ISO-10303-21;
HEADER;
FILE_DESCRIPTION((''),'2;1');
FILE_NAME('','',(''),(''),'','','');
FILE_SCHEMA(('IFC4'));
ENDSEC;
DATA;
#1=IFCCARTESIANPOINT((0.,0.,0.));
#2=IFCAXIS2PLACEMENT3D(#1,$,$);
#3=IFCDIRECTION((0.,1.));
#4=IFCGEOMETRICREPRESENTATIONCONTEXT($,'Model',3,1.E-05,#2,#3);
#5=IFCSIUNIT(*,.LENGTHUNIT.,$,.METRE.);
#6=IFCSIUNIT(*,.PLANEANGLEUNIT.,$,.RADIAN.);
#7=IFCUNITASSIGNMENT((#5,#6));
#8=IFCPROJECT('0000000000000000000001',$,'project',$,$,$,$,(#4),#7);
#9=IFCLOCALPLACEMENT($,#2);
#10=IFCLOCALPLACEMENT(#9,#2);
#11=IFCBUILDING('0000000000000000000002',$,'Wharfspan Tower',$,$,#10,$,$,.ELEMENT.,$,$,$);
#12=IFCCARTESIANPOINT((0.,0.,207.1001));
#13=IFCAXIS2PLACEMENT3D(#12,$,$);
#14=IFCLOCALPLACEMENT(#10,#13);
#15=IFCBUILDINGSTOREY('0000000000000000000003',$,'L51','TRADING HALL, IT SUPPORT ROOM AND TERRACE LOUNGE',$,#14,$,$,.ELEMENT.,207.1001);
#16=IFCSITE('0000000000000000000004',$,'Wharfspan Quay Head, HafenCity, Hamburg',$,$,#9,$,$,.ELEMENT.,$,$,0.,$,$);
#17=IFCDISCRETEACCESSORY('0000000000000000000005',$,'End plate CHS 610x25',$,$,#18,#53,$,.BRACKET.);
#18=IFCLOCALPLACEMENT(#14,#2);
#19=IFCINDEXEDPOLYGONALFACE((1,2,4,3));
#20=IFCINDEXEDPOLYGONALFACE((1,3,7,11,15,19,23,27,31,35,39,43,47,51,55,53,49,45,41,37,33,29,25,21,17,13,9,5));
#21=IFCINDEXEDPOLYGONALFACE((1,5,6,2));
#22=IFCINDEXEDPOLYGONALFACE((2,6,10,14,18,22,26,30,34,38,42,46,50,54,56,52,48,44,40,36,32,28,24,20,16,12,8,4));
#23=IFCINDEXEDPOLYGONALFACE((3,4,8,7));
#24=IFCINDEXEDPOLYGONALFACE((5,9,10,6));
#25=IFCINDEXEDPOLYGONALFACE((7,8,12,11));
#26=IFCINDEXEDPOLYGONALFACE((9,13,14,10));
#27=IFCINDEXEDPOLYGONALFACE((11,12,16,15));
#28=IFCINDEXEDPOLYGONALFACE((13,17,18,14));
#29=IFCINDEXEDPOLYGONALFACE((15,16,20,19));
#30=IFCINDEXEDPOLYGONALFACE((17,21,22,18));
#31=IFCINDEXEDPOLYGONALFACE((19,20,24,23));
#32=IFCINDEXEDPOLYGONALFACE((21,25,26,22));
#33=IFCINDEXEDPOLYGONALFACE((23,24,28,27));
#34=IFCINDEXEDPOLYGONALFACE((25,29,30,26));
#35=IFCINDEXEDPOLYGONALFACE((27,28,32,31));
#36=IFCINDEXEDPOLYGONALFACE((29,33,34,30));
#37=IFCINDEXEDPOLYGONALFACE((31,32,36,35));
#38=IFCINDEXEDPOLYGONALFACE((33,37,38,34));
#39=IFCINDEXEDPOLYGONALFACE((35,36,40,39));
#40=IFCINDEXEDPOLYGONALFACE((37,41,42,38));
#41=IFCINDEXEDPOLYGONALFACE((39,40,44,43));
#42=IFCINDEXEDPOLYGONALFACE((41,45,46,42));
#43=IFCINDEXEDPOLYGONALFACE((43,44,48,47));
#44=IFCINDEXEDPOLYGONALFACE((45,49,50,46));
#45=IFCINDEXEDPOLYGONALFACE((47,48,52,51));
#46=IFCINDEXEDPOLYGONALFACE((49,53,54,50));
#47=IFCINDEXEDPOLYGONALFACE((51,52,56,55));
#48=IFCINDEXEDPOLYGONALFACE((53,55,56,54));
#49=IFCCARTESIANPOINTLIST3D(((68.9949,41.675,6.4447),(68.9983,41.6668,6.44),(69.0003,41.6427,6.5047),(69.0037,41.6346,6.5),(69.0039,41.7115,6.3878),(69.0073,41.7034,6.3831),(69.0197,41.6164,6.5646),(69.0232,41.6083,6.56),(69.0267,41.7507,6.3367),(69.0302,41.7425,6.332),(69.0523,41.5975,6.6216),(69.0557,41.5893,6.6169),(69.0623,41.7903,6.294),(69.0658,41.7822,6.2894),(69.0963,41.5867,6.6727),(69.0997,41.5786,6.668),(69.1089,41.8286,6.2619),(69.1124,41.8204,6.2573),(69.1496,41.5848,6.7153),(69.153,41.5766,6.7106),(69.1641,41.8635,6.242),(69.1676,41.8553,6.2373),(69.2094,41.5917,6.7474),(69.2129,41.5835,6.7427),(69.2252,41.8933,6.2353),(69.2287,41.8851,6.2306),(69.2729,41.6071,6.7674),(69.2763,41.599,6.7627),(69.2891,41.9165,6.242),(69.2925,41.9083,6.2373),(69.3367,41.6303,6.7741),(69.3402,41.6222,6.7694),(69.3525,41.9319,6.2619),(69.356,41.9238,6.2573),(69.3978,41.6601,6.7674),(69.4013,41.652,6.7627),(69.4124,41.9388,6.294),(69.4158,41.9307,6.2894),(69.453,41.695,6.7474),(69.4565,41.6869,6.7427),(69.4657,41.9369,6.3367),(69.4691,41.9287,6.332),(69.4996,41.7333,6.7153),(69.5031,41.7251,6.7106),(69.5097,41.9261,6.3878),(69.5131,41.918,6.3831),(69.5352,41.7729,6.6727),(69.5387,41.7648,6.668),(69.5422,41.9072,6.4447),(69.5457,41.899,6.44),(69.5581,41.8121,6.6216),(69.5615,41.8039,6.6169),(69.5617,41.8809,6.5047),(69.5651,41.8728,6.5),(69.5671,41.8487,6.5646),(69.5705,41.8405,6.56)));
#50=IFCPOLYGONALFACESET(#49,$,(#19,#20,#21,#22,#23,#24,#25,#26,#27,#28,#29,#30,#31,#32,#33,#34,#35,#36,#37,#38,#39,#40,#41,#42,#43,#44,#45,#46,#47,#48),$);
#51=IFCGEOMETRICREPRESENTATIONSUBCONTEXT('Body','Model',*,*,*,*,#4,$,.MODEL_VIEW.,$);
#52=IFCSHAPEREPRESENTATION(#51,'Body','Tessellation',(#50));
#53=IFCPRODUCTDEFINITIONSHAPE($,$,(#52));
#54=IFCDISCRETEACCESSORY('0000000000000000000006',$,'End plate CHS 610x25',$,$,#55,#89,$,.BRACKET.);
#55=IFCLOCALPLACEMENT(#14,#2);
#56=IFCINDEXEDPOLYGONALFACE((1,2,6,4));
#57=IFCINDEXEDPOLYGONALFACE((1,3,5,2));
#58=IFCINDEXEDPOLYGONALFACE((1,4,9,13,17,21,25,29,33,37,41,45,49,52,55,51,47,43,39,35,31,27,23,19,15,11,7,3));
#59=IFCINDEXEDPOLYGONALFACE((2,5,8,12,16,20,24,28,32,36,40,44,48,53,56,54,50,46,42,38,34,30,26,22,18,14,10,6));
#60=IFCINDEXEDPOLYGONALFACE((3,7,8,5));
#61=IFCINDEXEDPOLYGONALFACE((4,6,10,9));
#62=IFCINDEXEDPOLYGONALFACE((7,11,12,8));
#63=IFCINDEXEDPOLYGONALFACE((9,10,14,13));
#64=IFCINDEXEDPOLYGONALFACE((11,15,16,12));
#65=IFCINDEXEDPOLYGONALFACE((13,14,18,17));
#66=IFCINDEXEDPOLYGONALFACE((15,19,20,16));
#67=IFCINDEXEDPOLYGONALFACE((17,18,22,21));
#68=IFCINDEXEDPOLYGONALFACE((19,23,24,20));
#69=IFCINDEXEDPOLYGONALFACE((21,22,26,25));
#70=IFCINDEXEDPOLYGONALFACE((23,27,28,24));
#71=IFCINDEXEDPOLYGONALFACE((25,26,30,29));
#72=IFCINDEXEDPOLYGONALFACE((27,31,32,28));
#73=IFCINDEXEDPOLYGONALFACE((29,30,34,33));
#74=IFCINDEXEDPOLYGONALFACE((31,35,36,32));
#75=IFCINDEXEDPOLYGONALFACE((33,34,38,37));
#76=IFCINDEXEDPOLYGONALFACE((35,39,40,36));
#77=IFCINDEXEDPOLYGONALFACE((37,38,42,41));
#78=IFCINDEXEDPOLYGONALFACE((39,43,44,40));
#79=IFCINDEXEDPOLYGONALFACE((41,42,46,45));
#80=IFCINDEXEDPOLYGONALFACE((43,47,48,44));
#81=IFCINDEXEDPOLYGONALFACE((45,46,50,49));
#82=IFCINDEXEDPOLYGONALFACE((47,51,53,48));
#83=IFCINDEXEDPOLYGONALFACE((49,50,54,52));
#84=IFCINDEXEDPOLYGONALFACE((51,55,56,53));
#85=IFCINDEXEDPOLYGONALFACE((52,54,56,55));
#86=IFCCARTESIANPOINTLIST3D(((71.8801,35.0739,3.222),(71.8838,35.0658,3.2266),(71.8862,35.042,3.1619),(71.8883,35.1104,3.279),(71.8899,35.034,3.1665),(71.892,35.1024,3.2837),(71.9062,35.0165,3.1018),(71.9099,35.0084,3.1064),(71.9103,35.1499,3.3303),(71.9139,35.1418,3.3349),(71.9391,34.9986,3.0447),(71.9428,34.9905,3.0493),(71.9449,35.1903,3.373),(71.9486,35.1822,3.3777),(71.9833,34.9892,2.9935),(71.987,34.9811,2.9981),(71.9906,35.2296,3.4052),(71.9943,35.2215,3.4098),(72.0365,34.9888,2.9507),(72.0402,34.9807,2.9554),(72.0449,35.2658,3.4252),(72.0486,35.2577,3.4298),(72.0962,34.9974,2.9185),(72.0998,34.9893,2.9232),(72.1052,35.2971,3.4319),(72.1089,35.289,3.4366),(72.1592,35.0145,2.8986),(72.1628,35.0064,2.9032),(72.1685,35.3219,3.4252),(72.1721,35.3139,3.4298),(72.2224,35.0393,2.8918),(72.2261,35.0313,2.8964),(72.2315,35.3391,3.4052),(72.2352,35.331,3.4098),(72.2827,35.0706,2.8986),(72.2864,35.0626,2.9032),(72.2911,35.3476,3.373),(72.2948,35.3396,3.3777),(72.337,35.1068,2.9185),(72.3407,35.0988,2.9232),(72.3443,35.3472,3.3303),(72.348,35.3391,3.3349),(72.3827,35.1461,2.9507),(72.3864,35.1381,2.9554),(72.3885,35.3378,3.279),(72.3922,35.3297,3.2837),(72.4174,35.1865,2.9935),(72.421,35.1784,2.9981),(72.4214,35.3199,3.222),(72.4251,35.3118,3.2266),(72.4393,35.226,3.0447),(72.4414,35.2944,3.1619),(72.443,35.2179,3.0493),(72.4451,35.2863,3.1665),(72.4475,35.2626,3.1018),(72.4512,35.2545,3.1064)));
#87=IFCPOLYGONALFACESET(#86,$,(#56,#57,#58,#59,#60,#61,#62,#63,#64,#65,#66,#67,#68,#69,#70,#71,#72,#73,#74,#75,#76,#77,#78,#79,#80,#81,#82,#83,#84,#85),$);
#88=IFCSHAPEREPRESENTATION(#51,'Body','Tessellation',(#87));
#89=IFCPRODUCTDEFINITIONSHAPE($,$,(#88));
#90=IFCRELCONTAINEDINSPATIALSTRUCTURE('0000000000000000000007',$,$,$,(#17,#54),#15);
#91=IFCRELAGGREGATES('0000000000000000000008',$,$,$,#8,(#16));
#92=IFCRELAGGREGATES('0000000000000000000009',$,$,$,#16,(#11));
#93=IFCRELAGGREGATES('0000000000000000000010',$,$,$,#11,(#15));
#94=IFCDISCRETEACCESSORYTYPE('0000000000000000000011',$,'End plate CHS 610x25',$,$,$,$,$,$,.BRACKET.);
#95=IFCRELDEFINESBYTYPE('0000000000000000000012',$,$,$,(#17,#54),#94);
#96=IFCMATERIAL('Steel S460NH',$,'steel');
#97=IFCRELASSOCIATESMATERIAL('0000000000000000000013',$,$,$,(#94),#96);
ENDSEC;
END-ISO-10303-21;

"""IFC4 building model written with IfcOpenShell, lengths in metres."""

from ifc_helpers import new_model, si_unit, direction, frame, origin, origin_2d, place, context, subcontext, project, spatial, circle, extrude, material, material_profile, profile_set, type_object, element, save


model = new_model("IFC4")

# Units and contexts
model_context = context("Model", 3, precision=1e-05, world=origin(), true_north=direction((0.0, 1.0)))
body_context = subcontext(model_context, "Body", "Model", "MODEL_VIEW")
ifc_project = project(units=[si_unit("LENGTHUNIT", "METRE"), si_unit("PLANEANGLEUNIT", "RADIAN")], contexts=[model_context])

# Site, building, storey
site_placement = place(None, origin())
site = spatial("IfcSite", under=ifc_project, at=site_placement, Name="Wharfspan Quay Head, HafenCity, Hamburg", CompositionType="ELEMENT", RefElevation=0.0)
building_placement = place(site_placement, origin())
building = spatial("IfcBuilding", under=site, at=building_placement, Name="Wharfspan Tower", CompositionType="ELEMENT")
storey_placement = place(building_placement, frame((0.0, 0.0, 207.1001)))
storey = spatial("IfcBuildingStorey", under=building, at=storey_placement, Name="L51", Description="TRADING HALL, IT SUPPORT ROOM AND TERRACE LOUNGE", CompositionType="ELEMENT", Elevation=207.1001)

# Shared definitions
ifc_material_1 = material(Name="Steel S460NH", Category="steel")

# Discrete accessories
ifc_material_profile_1 = material_profile(ifc_material_1, circle(Radius=0.3049, at=origin_2d()))
ifc_profile_set_1 = profile_set([ifc_material_profile_1], Name="Steel S460NH")
discrete_accessory_type = type_object("IfcDiscreteAccessoryType", Name="End plate CHS 610x25", PredefinedType="BRACKET", material=ifc_profile_set_1)
for number, where, z_axis, x_axis, name in (
    (1, (69.2844, 41.7537, 6.5), (-0.345075, 0.81339, 0.468316), (-0.920586, -0.390551, -0.000002), "End plate CHS 610x25"),
    (2, (72.1638, 35.1682, 3.1619), (0.366508, -0.806318, 0.464244), (0.910368, 0.413804, 0.000001), "End plate CHS 610x25"),
):
    element("IfcDiscreteAccessory", number, at=place(storey_placement, frame(where, z_axis=z_axis, x_axis=x_axis)), inside=storey, type_object=discrete_accessory_type, Name=name, PredefinedType="BRACKET", context=body_context, shape_type="SweptSolid", body=[
        extrude(circle(Radius=0.3049, at=origin_2d()), origin(), (0.0, 0.0, 1.0), 0.01),
    ])

save(model, "model.ifc")
